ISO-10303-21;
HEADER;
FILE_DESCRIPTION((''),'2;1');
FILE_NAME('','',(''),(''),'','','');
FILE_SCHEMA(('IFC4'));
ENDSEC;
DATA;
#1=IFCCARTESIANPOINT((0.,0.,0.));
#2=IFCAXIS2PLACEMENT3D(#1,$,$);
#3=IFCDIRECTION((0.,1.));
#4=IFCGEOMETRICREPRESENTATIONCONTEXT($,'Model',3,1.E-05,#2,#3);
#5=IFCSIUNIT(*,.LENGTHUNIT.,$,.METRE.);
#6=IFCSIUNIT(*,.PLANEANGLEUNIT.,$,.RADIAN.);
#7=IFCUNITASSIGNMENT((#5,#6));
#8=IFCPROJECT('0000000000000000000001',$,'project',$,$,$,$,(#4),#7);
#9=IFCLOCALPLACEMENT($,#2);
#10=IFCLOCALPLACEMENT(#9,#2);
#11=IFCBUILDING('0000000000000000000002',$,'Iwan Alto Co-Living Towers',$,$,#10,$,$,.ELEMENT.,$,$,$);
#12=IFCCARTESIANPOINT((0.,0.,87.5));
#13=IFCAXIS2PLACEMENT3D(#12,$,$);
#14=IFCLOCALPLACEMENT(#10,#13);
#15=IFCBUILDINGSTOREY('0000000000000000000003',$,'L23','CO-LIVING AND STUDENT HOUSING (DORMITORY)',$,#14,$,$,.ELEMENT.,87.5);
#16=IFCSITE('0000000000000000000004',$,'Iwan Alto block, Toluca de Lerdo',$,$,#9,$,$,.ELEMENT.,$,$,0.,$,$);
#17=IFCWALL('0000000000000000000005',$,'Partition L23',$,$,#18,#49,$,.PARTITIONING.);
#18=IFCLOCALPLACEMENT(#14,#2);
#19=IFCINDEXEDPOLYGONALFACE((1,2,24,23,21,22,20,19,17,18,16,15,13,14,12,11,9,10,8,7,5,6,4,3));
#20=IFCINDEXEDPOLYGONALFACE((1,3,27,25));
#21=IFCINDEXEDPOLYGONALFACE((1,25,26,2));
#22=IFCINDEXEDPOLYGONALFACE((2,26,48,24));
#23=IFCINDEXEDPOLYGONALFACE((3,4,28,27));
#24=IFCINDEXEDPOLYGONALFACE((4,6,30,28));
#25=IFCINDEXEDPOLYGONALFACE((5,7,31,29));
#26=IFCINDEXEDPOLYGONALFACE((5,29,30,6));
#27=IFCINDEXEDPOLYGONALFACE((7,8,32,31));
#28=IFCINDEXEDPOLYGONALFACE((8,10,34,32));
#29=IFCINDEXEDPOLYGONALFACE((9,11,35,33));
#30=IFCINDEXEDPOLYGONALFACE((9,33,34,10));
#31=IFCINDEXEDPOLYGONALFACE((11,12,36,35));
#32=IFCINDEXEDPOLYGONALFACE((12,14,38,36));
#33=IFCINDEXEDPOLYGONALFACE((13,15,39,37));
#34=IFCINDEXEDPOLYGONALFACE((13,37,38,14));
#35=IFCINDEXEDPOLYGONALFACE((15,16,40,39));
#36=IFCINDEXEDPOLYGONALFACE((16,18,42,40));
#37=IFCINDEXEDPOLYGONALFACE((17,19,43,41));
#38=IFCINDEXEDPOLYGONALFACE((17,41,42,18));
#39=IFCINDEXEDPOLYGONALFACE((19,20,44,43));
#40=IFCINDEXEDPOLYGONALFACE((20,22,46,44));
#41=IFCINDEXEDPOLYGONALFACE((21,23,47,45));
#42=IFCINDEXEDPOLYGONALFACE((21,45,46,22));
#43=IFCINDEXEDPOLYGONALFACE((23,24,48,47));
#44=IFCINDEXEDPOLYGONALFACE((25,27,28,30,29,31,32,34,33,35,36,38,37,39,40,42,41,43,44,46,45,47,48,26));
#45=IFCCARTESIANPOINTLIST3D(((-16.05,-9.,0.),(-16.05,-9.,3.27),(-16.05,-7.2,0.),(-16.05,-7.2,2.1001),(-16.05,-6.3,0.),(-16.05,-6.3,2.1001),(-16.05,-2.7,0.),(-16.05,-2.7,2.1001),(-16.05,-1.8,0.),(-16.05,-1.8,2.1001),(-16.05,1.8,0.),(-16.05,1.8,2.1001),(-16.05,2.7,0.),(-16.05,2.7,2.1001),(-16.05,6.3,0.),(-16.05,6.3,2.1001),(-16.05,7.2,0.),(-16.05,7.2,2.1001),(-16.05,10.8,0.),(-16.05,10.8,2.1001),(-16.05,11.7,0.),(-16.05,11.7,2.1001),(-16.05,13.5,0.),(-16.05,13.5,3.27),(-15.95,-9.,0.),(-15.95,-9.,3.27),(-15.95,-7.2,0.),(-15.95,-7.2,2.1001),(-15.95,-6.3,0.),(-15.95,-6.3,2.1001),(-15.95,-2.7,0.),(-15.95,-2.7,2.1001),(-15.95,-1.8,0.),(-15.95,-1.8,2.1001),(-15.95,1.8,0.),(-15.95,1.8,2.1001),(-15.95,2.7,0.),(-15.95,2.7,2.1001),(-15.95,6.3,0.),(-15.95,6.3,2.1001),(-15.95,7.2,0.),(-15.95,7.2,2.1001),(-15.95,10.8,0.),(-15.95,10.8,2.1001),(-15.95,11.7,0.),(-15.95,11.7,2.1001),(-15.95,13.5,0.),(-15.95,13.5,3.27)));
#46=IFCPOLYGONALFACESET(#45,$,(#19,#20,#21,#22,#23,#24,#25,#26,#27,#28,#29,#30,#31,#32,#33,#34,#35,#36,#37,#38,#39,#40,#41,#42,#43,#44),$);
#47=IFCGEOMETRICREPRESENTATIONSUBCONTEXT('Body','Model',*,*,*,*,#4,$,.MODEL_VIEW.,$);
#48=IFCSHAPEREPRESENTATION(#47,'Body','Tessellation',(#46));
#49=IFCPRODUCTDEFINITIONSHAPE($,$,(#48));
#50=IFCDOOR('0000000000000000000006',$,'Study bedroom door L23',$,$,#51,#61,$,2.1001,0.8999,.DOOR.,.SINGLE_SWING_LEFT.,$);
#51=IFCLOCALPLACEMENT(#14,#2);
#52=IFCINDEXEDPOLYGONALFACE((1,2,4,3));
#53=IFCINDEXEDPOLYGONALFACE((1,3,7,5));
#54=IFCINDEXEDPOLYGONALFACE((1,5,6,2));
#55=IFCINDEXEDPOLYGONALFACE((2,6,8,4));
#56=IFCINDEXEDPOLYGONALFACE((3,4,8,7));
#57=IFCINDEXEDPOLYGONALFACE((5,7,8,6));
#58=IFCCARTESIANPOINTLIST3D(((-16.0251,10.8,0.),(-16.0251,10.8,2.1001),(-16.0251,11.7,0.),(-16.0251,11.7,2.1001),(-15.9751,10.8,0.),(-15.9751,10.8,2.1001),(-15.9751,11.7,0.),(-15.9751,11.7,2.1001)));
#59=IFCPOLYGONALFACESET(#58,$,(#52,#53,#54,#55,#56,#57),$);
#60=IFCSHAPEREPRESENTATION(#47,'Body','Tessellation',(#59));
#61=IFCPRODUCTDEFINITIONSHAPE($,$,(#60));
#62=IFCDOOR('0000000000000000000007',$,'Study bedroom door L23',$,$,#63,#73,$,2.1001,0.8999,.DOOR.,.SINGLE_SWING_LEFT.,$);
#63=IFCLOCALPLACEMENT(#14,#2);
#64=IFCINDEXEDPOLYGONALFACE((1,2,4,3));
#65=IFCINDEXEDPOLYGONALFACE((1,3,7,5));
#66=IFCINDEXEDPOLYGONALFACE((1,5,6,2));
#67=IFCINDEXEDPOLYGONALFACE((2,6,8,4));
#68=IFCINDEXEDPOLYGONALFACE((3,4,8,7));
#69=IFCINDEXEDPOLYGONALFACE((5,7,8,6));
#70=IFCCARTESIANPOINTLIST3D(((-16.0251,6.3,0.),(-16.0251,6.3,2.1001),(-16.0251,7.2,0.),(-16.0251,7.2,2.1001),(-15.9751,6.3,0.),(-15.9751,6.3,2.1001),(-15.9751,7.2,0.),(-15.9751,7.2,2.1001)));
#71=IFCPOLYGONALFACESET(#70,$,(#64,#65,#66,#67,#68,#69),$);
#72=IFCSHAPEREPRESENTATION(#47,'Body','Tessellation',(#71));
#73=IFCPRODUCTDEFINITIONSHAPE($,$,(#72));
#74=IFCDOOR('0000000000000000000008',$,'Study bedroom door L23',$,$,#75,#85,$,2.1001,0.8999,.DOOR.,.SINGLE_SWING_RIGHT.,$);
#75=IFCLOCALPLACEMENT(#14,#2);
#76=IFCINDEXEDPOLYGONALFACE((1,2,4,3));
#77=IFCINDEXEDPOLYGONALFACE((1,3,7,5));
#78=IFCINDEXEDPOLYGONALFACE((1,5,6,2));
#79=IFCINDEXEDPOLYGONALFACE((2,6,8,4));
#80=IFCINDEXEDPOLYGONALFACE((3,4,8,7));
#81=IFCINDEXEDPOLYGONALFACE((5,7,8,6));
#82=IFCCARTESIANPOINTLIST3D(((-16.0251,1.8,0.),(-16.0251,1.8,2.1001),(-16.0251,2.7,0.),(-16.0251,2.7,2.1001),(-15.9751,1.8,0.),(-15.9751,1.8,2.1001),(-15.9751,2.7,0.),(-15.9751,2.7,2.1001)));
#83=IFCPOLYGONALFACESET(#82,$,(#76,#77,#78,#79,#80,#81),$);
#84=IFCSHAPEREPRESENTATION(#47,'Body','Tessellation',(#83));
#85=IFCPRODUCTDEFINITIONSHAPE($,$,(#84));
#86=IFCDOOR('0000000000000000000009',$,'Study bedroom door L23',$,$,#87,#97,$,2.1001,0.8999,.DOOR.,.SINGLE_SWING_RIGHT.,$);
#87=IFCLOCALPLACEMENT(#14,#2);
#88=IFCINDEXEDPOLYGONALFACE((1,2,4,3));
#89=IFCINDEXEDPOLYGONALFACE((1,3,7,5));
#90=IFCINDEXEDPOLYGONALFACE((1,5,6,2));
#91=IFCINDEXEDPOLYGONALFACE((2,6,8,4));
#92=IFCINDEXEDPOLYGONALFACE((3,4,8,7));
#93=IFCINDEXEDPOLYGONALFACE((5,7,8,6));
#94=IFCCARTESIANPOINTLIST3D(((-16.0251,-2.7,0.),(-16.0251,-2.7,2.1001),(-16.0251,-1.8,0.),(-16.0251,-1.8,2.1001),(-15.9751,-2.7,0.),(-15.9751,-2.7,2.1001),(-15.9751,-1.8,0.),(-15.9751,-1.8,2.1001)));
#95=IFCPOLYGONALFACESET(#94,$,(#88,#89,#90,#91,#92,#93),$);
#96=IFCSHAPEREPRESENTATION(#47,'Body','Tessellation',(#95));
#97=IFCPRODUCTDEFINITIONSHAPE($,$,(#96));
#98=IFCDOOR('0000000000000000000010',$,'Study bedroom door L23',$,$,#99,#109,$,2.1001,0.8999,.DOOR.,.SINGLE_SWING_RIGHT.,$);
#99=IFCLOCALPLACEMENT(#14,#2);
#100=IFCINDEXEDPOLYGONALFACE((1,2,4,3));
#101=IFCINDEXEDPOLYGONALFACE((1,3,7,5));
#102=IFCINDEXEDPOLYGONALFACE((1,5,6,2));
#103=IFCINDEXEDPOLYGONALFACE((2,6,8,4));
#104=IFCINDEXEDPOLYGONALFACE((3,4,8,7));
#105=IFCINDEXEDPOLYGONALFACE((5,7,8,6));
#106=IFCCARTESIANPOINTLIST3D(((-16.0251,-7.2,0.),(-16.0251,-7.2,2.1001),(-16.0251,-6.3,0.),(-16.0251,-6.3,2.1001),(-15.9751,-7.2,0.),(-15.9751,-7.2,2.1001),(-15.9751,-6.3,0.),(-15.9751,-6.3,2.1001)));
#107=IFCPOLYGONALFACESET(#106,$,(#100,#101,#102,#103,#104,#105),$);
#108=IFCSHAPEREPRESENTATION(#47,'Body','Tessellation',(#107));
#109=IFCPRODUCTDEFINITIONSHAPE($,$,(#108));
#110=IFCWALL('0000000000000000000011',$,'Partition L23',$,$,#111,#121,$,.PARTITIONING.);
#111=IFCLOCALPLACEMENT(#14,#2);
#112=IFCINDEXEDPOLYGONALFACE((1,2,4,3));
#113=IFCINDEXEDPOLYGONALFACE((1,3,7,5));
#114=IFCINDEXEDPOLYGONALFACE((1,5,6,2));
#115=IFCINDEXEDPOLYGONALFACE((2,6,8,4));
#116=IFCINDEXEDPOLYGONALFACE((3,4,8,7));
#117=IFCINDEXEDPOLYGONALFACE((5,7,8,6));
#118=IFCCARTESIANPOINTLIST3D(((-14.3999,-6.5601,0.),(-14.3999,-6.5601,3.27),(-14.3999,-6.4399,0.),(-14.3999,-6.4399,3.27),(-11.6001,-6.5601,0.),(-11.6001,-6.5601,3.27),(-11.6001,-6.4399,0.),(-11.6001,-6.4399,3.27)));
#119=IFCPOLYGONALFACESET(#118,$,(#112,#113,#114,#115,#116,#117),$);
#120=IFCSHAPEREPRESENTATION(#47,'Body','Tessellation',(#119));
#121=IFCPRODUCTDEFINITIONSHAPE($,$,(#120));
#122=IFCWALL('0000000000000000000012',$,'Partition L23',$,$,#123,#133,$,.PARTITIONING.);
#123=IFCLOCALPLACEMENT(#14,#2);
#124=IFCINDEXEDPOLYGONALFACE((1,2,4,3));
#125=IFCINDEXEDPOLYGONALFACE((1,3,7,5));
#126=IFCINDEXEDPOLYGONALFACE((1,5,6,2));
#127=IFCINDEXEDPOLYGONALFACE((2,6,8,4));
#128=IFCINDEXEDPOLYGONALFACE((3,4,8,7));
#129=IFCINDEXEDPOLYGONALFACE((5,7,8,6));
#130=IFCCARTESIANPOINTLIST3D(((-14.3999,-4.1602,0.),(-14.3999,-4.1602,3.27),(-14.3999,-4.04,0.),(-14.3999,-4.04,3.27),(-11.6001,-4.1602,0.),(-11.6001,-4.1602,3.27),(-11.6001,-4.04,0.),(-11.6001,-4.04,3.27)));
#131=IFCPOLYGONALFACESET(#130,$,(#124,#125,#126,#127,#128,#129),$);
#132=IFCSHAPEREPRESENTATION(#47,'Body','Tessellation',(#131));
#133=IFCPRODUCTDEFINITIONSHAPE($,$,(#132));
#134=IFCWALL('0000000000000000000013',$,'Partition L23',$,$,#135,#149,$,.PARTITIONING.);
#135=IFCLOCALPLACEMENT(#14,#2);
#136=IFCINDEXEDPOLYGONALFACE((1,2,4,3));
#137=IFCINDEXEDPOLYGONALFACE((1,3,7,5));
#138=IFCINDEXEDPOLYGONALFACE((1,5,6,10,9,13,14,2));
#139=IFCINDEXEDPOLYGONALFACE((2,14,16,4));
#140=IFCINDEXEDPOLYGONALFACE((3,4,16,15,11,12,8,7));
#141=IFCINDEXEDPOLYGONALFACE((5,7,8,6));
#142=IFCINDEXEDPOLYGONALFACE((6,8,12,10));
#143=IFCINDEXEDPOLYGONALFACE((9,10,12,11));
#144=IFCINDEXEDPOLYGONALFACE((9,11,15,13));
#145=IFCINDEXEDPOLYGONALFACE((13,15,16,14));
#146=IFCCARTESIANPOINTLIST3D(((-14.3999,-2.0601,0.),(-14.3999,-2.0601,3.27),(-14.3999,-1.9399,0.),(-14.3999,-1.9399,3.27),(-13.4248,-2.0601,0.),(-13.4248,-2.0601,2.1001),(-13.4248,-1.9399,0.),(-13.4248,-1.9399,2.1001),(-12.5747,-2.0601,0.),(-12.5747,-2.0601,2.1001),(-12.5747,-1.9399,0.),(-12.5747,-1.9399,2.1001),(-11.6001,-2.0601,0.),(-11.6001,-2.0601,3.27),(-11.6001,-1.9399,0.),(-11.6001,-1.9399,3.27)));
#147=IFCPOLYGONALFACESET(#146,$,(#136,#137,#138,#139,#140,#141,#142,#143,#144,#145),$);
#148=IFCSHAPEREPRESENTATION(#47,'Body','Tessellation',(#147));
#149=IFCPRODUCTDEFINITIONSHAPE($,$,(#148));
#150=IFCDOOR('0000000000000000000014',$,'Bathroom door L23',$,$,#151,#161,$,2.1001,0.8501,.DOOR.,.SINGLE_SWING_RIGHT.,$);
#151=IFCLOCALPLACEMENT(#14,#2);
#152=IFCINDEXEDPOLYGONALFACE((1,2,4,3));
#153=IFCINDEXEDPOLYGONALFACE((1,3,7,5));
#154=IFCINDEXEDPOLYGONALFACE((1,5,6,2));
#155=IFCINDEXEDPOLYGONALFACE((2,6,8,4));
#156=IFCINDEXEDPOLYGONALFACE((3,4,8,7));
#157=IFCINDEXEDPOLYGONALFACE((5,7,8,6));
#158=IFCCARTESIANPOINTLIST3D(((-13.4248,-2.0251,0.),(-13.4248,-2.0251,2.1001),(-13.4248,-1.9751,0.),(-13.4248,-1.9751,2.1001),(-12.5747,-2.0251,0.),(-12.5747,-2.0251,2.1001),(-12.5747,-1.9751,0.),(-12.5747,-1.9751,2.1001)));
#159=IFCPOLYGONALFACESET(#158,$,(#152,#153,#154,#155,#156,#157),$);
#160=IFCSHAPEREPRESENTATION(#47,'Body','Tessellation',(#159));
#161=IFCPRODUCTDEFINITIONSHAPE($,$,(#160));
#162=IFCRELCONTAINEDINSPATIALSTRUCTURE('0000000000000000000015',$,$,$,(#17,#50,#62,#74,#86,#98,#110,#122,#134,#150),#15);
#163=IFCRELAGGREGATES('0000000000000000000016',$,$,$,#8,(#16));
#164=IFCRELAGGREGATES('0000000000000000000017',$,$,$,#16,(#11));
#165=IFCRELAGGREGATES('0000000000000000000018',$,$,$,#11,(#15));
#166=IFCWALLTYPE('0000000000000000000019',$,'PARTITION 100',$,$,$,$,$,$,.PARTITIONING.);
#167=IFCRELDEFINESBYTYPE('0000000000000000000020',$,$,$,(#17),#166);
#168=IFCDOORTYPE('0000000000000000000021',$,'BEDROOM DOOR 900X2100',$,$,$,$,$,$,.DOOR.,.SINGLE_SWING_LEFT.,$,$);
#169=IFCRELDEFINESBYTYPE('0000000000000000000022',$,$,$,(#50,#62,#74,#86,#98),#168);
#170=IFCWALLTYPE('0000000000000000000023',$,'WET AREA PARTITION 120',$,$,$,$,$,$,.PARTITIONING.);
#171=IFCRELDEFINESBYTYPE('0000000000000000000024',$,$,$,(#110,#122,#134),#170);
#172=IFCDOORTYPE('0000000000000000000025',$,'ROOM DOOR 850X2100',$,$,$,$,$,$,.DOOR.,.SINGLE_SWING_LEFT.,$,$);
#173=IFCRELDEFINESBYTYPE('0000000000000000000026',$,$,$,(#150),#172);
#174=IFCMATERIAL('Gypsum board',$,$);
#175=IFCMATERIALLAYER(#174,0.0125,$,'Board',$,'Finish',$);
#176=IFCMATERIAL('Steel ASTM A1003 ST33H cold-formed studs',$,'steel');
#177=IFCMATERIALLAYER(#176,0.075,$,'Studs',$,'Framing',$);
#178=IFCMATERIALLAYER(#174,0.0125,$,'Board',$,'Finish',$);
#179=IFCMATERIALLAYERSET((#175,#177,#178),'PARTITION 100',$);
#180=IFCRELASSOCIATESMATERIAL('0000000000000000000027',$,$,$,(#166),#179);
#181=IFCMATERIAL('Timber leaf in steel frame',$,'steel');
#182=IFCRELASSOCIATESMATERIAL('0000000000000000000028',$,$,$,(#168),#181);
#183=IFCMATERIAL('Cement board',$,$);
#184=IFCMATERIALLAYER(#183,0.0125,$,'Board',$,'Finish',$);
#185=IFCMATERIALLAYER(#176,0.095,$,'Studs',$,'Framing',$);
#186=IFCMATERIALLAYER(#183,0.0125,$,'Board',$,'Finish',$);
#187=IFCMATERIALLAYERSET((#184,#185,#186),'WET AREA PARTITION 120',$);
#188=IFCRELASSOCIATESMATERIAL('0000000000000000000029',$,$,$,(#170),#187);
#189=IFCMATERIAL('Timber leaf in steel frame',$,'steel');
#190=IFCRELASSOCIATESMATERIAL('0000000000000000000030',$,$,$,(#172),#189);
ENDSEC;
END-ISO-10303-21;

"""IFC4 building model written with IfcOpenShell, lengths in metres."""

from ifc_helpers import new_model, si_unit, direction, frame, frame_2d, origin, place, context, subcontext, project, spatial, rectangle, extrude, material, layer, layer_set, type_object, element, fill, save


model = new_model("IFC4")

# Units and contexts
model_context = context("Model", 3, precision=1e-05, world=origin(), true_north=direction((0.0, 1.0)))
body_context = subcontext(model_context, "Body", "Model", "MODEL_VIEW")
ifc_project = project(units=[si_unit("LENGTHUNIT", "METRE"), si_unit("PLANEANGLEUNIT", "RADIAN")], contexts=[model_context])

# Site, building, storey
site_placement = place(None, origin())
site = spatial("IfcSite", under=ifc_project, at=site_placement, Name="Iwan Alto block, Toluca de Lerdo", CompositionType="ELEMENT", RefElevation=0.0)
building_placement = place(site_placement, origin())
building = spatial("IfcBuilding", under=site, at=building_placement, Name="Iwan Alto Co-Living Towers", CompositionType="ELEMENT")
storey_placement = place(building_placement, frame((0.0, 0.0, 87.5)))
storey = spatial("IfcBuildingStorey", under=building, at=storey_placement, Name="L23", Description="CO-LIVING AND STUDENT HOUSING (DORMITORY)", CompositionType="ELEMENT", Elevation=87.5)

# Wall, openings, doors
ifc_material_1 = material(Name="Gypsum board")
ifc_layer_1 = layer(ifc_material_1, 0.0125, Name="Board", Category="Finish")
ifc_material_2 = material(Name="Steel ASTM A1003 ST33H cold-formed studs", Category="steel")
ifc_layer_2 = layer(ifc_material_2, 0.075, Name="Studs", Category="Framing")
ifc_layer_3 = layer(ifc_material_1, 0.0125, Name="Board", Category="Finish")
ifc_layer_set_1 = layer_set([ifc_layer_1, ifc_layer_2, ifc_layer_3], Name="PARTITION 100")
wall_type_1 = type_object("IfcWallType", Name="PARTITION 100", PredefinedType="PARTITIONING", material=ifc_layer_set_1)
wall_1_placement = place(storey_placement, frame((-16.0, -9.0, 0.0), z_axis=(0.0, 0.0, 1.0), x_axis=(0.0, 1.0, 0.0)))
wall_1 = element("IfcWall", 1, at=wall_1_placement, inside=storey, type_object=wall_type_1, Name="Partition L23", PredefinedType="PARTITIONING", context=body_context, shape_type="SweptSolid", body=[
    extrude(rectangle(XDim=22.5, YDim=0.1001, at=frame_2d((11.25, 0.0))), origin(), (0.0, 0.0, 1.0), 3.27),
])
opening_1_placement = place(wall_1_placement, frame((19.8, 0.0, 0.0)))
opening_1 = element("IfcOpeningElement", 2, at=opening_1_placement, cuts=wall_1, PredefinedType="OPENING", context=body_context, shape_type="SweptSolid", body=[
    extrude(rectangle(XDim=0.8999, YDim=2.1001, at=frame_2d((0.45, 1.05))), frame((0.0, 0.0601, 0.0), z_axis=(0.0, -1.0, 0.0), x_axis=(1.0, 0.0, 0.0)), (0.0, 0.0, 1.0), 0.1201),
])
opening_2_placement = place(wall_1_placement, frame((15.3, 0.0, 0.0)))
opening_2 = element("IfcOpeningElement", 3, at=opening_2_placement, cuts=wall_1, PredefinedType="OPENING", context=body_context, shape_type="SweptSolid", body=[
    extrude(rectangle(XDim=0.8999, YDim=2.1001, at=frame_2d((0.45, 1.05))), frame((0.0, 0.0601, 0.0), z_axis=(0.0, -1.0, 0.0), x_axis=(1.0, 0.0, 0.0)), (0.0, 0.0, 1.0), 0.1201),
])
opening_3_placement = place(wall_1_placement, frame((10.8, 0.0, 0.0)))
opening_3 = element("IfcOpeningElement", 4, at=opening_3_placement, cuts=wall_1, PredefinedType="OPENING", context=body_context, shape_type="SweptSolid", body=[
    extrude(rectangle(XDim=0.8999, YDim=2.1001, at=frame_2d((0.45, 1.05))), frame((0.0, 0.0601, 0.0), z_axis=(0.0, -1.0, 0.0), x_axis=(1.0, 0.0, 0.0)), (0.0, 0.0, 1.0), 0.1201),
])
opening_4_placement = place(wall_1_placement, frame((6.3, 0.0, 0.0)))
opening_4 = element("IfcOpeningElement", 5, at=opening_4_placement, cuts=wall_1, PredefinedType="OPENING", context=body_context, shape_type="SweptSolid", body=[
    extrude(rectangle(XDim=0.8999, YDim=2.1001, at=frame_2d((0.45, 1.05))), frame((0.0, 0.0601, 0.0), z_axis=(0.0, -1.0, 0.0), x_axis=(1.0, 0.0, 0.0)), (0.0, 0.0, 1.0), 0.1201),
])
opening_5_placement = place(wall_1_placement, frame((1.8, 0.0, 0.0)))
opening_5 = element("IfcOpeningElement", 6, at=opening_5_placement, cuts=wall_1, PredefinedType="OPENING", context=body_context, shape_type="SweptSolid", body=[
    extrude(rectangle(XDim=0.8999, YDim=2.1001, at=frame_2d((0.45, 1.05))), frame((0.0, 0.0601, 0.0), z_axis=(0.0, -1.0, 0.0), x_axis=(1.0, 0.0, 0.0)), (0.0, 0.0, 1.0), 0.1201),
])
ifc_material_3 = material(Name="Timber leaf in steel frame", Category="steel")
door_type_1 = type_object("IfcDoorType", Name="BEDROOM DOOR 900X2100", OperationType="SINGLE_SWING_LEFT", PredefinedType="DOOR", material=ifc_material_3)
door_1_placement = place(opening_1_placement, frame((0.8999, 0.0, 0.0), z_axis=(0.0, 0.0, 1.0), x_axis=(-1.0, 0.0, 0.0)))
door_1 = element("IfcDoor", 7, at=door_1_placement, inside=storey, type_object=door_type_1, Name="Study bedroom door L23", OperationType="SINGLE_SWING_LEFT", OverallHeight=2.1001, OverallWidth=0.8999, PredefinedType="DOOR", context=body_context, shape_type="SweptSolid", body=[
    extrude(rectangle(XDim=0.8999, YDim=2.1001, at=frame_2d((0.45, 1.05))), frame((0.0, 0.0249, 0.0), z_axis=(0.0, -1.0, 0.0), x_axis=(1.0, 0.0, 0.0)), (0.0, 0.0, 1.0), 0.05),
])
fill(opening_1, door_1)
door_2_placement = place(opening_2_placement, frame((0.8999, 0.0, 0.0), z_axis=(0.0, 0.0, 1.0), x_axis=(-1.0, 0.0, 0.0)))
door_2 = element("IfcDoor", 8, at=door_2_placement, inside=storey, type_object=door_type_1, Name="Study bedroom door L23", OperationType="SINGLE_SWING_LEFT", OverallHeight=2.1001, OverallWidth=0.8999, PredefinedType="DOOR", context=body_context, shape_type="SweptSolid", body=[
    extrude(rectangle(XDim=0.8999, YDim=2.1001, at=frame_2d((0.45, 1.05))), frame((0.0, 0.0249, 0.0), z_axis=(0.0, -1.0, 0.0), x_axis=(1.0, 0.0, 0.0)), (0.0, 0.0, 1.0), 0.05),
])
fill(opening_2, door_2)
door_3_placement = place(opening_3_placement, frame((0.8999, 0.0, 0.0), z_axis=(0.0, 0.0, 1.0), x_axis=(-1.0, 0.0, 0.0)))
door_3 = element("IfcDoor", 9, at=door_3_placement, inside=storey, type_object=door_type_1, Name="Study bedroom door L23", OperationType="SINGLE_SWING_RIGHT", OverallHeight=2.1001, OverallWidth=0.8999, PredefinedType="DOOR", context=body_context, shape_type="SweptSolid", body=[
    extrude(rectangle(XDim=0.8999, YDim=2.1001, at=frame_2d((0.45, 1.05))), frame((0.0, 0.0249, 0.0), z_axis=(0.0, -1.0, 0.0), x_axis=(1.0, 0.0, 0.0)), (0.0, 0.0, 1.0), 0.05),
])
fill(opening_3, door_3)
door_4_placement = place(opening_4_placement, frame((0.8999, 0.0, 0.0), z_axis=(0.0, 0.0, 1.0), x_axis=(-1.0, 0.0, 0.0)))
door_4 = element("IfcDoor", 10, at=door_4_placement, inside=storey, type_object=door_type_1, Name="Study bedroom door L23", OperationType="SINGLE_SWING_RIGHT", OverallHeight=2.1001, OverallWidth=0.8999, PredefinedType="DOOR", context=body_context, shape_type="SweptSolid", body=[
    extrude(rectangle(XDim=0.8999, YDim=2.1001, at=frame_2d((0.45, 1.05))), frame((0.0, 0.0249, 0.0), z_axis=(0.0, -1.0, 0.0), x_axis=(1.0, 0.0, 0.0)), (0.0, 0.0, 1.0), 0.05),
])
fill(opening_4, door_4)
door_5_placement = place(opening_5_placement, frame((0.8999, 0.0, 0.0), z_axis=(0.0, 0.0, 1.0), x_axis=(-1.0, 0.0, 0.0)))
door_5 = element("IfcDoor", 11, at=door_5_placement, inside=storey, type_object=door_type_1, Name="Study bedroom door L23", OperationType="SINGLE_SWING_RIGHT", OverallHeight=2.1001, OverallWidth=0.8999, PredefinedType="DOOR", context=body_context, shape_type="SweptSolid", body=[
    extrude(rectangle(XDim=0.8999, YDim=2.1001, at=frame_2d((0.45, 1.05))), frame((0.0, 0.0249, 0.0), z_axis=(0.0, -1.0, 0.0), x_axis=(1.0, 0.0, 0.0)), (0.0, 0.0, 1.0), 0.05),
])
fill(opening_5, door_5)

# Walls
ifc_material_4 = material(Name="Cement board")
ifc_layer_4 = layer(ifc_material_4, 0.0125, Name="Board", Category="Finish")
ifc_layer_5 = layer(ifc_material_2, 0.095, Name="Studs", Category="Framing")
ifc_layer_6 = layer(ifc_material_4, 0.0125, Name="Board", Category="Finish")
ifc_layer_set_2 = layer_set([ifc_layer_4, ifc_layer_5, ifc_layer_6], Name="WET AREA PARTITION 120")
wall_type_2 = type_object("IfcWallType", Name="WET AREA PARTITION 120", PredefinedType="PARTITIONING", material=ifc_layer_set_2)
for number, where, z_axis, x_axis, name in (
    (12, (-14.3999, -6.5, 0.0), (0.0, 0.0, 1.0), (1.0, 0.0, 0.0), "Partition L23"),
    (13, (-14.3999, -4.1001, 0.0), (0.0, 0.0, 1.0), (1.0, 0.0, 0.0), "Partition L23"),
):
    element("IfcWall", number, at=place(storey_placement, frame(where, z_axis=z_axis, x_axis=x_axis)), inside=storey, type_object=wall_type_2, Name=name, PredefinedType="PARTITIONING", context=body_context, shape_type="SweptSolid", body=[
        extrude(rectangle(XDim=2.7998, YDim=0.1201, at=frame_2d((1.3999, 0.0))), origin(), (0.0, 0.0, 1.0), 3.27),
    ])

# Wall, opening, door
wall_2_placement = place(storey_placement, frame((-14.3999, -2.0, 0.0), z_axis=(0.0, 0.0, 1.0), x_axis=(1.0, 0.0, 0.0)))
wall_2 = element("IfcWall", 14, at=wall_2_placement, inside=storey, type_object=wall_type_2, Name="Partition L23", PredefinedType="PARTITIONING", context=body_context, shape_type="SweptSolid", body=[
    extrude(rectangle(XDim=2.7998, YDim=0.1201, at=frame_2d((1.3999, 0.0))), origin(), (0.0, 0.0, 1.0), 3.27),
])
opening_6_placement = place(wall_2_placement, frame((0.9751, 0.0, 0.0)))
opening_6 = element("IfcOpeningElement", 15, at=opening_6_placement, cuts=wall_2, PredefinedType="OPENING", context=body_context, shape_type="SweptSolid", body=[
    extrude(rectangle(XDim=0.8501, YDim=2.1001, at=frame_2d((0.425, 1.05))), frame((0.0, 0.0701, 0.0), z_axis=(0.0, -1.0, 0.0), x_axis=(1.0, 0.0, 0.0)), (0.0, 0.0, 1.0), 0.1401),
])
ifc_material_5 = material(Name="Timber leaf in steel frame", Category="steel")
door_type_2 = type_object("IfcDoorType", Name="ROOM DOOR 850X2100", OperationType="SINGLE_SWING_LEFT", PredefinedType="DOOR", material=ifc_material_5)
door_6_placement = place(opening_6_placement, origin())
door_6 = element("IfcDoor", 16, at=door_6_placement, inside=storey, type_object=door_type_2, Name="Bathroom door L23", OperationType="SINGLE_SWING_RIGHT", OverallHeight=2.1001, OverallWidth=0.8501, PredefinedType="DOOR", context=body_context, shape_type="SweptSolid", body=[
    extrude(rectangle(XDim=0.8501, YDim=2.1001, at=frame_2d((0.425, 1.05))), frame((0.0, 0.0249, 0.0), z_axis=(0.0, -1.0, 0.0), x_axis=(1.0, 0.0, 0.0)), (0.0, 0.0, 1.0), 0.05),
])
fill(opening_6, door_6)

save(model, "model.ifc")
